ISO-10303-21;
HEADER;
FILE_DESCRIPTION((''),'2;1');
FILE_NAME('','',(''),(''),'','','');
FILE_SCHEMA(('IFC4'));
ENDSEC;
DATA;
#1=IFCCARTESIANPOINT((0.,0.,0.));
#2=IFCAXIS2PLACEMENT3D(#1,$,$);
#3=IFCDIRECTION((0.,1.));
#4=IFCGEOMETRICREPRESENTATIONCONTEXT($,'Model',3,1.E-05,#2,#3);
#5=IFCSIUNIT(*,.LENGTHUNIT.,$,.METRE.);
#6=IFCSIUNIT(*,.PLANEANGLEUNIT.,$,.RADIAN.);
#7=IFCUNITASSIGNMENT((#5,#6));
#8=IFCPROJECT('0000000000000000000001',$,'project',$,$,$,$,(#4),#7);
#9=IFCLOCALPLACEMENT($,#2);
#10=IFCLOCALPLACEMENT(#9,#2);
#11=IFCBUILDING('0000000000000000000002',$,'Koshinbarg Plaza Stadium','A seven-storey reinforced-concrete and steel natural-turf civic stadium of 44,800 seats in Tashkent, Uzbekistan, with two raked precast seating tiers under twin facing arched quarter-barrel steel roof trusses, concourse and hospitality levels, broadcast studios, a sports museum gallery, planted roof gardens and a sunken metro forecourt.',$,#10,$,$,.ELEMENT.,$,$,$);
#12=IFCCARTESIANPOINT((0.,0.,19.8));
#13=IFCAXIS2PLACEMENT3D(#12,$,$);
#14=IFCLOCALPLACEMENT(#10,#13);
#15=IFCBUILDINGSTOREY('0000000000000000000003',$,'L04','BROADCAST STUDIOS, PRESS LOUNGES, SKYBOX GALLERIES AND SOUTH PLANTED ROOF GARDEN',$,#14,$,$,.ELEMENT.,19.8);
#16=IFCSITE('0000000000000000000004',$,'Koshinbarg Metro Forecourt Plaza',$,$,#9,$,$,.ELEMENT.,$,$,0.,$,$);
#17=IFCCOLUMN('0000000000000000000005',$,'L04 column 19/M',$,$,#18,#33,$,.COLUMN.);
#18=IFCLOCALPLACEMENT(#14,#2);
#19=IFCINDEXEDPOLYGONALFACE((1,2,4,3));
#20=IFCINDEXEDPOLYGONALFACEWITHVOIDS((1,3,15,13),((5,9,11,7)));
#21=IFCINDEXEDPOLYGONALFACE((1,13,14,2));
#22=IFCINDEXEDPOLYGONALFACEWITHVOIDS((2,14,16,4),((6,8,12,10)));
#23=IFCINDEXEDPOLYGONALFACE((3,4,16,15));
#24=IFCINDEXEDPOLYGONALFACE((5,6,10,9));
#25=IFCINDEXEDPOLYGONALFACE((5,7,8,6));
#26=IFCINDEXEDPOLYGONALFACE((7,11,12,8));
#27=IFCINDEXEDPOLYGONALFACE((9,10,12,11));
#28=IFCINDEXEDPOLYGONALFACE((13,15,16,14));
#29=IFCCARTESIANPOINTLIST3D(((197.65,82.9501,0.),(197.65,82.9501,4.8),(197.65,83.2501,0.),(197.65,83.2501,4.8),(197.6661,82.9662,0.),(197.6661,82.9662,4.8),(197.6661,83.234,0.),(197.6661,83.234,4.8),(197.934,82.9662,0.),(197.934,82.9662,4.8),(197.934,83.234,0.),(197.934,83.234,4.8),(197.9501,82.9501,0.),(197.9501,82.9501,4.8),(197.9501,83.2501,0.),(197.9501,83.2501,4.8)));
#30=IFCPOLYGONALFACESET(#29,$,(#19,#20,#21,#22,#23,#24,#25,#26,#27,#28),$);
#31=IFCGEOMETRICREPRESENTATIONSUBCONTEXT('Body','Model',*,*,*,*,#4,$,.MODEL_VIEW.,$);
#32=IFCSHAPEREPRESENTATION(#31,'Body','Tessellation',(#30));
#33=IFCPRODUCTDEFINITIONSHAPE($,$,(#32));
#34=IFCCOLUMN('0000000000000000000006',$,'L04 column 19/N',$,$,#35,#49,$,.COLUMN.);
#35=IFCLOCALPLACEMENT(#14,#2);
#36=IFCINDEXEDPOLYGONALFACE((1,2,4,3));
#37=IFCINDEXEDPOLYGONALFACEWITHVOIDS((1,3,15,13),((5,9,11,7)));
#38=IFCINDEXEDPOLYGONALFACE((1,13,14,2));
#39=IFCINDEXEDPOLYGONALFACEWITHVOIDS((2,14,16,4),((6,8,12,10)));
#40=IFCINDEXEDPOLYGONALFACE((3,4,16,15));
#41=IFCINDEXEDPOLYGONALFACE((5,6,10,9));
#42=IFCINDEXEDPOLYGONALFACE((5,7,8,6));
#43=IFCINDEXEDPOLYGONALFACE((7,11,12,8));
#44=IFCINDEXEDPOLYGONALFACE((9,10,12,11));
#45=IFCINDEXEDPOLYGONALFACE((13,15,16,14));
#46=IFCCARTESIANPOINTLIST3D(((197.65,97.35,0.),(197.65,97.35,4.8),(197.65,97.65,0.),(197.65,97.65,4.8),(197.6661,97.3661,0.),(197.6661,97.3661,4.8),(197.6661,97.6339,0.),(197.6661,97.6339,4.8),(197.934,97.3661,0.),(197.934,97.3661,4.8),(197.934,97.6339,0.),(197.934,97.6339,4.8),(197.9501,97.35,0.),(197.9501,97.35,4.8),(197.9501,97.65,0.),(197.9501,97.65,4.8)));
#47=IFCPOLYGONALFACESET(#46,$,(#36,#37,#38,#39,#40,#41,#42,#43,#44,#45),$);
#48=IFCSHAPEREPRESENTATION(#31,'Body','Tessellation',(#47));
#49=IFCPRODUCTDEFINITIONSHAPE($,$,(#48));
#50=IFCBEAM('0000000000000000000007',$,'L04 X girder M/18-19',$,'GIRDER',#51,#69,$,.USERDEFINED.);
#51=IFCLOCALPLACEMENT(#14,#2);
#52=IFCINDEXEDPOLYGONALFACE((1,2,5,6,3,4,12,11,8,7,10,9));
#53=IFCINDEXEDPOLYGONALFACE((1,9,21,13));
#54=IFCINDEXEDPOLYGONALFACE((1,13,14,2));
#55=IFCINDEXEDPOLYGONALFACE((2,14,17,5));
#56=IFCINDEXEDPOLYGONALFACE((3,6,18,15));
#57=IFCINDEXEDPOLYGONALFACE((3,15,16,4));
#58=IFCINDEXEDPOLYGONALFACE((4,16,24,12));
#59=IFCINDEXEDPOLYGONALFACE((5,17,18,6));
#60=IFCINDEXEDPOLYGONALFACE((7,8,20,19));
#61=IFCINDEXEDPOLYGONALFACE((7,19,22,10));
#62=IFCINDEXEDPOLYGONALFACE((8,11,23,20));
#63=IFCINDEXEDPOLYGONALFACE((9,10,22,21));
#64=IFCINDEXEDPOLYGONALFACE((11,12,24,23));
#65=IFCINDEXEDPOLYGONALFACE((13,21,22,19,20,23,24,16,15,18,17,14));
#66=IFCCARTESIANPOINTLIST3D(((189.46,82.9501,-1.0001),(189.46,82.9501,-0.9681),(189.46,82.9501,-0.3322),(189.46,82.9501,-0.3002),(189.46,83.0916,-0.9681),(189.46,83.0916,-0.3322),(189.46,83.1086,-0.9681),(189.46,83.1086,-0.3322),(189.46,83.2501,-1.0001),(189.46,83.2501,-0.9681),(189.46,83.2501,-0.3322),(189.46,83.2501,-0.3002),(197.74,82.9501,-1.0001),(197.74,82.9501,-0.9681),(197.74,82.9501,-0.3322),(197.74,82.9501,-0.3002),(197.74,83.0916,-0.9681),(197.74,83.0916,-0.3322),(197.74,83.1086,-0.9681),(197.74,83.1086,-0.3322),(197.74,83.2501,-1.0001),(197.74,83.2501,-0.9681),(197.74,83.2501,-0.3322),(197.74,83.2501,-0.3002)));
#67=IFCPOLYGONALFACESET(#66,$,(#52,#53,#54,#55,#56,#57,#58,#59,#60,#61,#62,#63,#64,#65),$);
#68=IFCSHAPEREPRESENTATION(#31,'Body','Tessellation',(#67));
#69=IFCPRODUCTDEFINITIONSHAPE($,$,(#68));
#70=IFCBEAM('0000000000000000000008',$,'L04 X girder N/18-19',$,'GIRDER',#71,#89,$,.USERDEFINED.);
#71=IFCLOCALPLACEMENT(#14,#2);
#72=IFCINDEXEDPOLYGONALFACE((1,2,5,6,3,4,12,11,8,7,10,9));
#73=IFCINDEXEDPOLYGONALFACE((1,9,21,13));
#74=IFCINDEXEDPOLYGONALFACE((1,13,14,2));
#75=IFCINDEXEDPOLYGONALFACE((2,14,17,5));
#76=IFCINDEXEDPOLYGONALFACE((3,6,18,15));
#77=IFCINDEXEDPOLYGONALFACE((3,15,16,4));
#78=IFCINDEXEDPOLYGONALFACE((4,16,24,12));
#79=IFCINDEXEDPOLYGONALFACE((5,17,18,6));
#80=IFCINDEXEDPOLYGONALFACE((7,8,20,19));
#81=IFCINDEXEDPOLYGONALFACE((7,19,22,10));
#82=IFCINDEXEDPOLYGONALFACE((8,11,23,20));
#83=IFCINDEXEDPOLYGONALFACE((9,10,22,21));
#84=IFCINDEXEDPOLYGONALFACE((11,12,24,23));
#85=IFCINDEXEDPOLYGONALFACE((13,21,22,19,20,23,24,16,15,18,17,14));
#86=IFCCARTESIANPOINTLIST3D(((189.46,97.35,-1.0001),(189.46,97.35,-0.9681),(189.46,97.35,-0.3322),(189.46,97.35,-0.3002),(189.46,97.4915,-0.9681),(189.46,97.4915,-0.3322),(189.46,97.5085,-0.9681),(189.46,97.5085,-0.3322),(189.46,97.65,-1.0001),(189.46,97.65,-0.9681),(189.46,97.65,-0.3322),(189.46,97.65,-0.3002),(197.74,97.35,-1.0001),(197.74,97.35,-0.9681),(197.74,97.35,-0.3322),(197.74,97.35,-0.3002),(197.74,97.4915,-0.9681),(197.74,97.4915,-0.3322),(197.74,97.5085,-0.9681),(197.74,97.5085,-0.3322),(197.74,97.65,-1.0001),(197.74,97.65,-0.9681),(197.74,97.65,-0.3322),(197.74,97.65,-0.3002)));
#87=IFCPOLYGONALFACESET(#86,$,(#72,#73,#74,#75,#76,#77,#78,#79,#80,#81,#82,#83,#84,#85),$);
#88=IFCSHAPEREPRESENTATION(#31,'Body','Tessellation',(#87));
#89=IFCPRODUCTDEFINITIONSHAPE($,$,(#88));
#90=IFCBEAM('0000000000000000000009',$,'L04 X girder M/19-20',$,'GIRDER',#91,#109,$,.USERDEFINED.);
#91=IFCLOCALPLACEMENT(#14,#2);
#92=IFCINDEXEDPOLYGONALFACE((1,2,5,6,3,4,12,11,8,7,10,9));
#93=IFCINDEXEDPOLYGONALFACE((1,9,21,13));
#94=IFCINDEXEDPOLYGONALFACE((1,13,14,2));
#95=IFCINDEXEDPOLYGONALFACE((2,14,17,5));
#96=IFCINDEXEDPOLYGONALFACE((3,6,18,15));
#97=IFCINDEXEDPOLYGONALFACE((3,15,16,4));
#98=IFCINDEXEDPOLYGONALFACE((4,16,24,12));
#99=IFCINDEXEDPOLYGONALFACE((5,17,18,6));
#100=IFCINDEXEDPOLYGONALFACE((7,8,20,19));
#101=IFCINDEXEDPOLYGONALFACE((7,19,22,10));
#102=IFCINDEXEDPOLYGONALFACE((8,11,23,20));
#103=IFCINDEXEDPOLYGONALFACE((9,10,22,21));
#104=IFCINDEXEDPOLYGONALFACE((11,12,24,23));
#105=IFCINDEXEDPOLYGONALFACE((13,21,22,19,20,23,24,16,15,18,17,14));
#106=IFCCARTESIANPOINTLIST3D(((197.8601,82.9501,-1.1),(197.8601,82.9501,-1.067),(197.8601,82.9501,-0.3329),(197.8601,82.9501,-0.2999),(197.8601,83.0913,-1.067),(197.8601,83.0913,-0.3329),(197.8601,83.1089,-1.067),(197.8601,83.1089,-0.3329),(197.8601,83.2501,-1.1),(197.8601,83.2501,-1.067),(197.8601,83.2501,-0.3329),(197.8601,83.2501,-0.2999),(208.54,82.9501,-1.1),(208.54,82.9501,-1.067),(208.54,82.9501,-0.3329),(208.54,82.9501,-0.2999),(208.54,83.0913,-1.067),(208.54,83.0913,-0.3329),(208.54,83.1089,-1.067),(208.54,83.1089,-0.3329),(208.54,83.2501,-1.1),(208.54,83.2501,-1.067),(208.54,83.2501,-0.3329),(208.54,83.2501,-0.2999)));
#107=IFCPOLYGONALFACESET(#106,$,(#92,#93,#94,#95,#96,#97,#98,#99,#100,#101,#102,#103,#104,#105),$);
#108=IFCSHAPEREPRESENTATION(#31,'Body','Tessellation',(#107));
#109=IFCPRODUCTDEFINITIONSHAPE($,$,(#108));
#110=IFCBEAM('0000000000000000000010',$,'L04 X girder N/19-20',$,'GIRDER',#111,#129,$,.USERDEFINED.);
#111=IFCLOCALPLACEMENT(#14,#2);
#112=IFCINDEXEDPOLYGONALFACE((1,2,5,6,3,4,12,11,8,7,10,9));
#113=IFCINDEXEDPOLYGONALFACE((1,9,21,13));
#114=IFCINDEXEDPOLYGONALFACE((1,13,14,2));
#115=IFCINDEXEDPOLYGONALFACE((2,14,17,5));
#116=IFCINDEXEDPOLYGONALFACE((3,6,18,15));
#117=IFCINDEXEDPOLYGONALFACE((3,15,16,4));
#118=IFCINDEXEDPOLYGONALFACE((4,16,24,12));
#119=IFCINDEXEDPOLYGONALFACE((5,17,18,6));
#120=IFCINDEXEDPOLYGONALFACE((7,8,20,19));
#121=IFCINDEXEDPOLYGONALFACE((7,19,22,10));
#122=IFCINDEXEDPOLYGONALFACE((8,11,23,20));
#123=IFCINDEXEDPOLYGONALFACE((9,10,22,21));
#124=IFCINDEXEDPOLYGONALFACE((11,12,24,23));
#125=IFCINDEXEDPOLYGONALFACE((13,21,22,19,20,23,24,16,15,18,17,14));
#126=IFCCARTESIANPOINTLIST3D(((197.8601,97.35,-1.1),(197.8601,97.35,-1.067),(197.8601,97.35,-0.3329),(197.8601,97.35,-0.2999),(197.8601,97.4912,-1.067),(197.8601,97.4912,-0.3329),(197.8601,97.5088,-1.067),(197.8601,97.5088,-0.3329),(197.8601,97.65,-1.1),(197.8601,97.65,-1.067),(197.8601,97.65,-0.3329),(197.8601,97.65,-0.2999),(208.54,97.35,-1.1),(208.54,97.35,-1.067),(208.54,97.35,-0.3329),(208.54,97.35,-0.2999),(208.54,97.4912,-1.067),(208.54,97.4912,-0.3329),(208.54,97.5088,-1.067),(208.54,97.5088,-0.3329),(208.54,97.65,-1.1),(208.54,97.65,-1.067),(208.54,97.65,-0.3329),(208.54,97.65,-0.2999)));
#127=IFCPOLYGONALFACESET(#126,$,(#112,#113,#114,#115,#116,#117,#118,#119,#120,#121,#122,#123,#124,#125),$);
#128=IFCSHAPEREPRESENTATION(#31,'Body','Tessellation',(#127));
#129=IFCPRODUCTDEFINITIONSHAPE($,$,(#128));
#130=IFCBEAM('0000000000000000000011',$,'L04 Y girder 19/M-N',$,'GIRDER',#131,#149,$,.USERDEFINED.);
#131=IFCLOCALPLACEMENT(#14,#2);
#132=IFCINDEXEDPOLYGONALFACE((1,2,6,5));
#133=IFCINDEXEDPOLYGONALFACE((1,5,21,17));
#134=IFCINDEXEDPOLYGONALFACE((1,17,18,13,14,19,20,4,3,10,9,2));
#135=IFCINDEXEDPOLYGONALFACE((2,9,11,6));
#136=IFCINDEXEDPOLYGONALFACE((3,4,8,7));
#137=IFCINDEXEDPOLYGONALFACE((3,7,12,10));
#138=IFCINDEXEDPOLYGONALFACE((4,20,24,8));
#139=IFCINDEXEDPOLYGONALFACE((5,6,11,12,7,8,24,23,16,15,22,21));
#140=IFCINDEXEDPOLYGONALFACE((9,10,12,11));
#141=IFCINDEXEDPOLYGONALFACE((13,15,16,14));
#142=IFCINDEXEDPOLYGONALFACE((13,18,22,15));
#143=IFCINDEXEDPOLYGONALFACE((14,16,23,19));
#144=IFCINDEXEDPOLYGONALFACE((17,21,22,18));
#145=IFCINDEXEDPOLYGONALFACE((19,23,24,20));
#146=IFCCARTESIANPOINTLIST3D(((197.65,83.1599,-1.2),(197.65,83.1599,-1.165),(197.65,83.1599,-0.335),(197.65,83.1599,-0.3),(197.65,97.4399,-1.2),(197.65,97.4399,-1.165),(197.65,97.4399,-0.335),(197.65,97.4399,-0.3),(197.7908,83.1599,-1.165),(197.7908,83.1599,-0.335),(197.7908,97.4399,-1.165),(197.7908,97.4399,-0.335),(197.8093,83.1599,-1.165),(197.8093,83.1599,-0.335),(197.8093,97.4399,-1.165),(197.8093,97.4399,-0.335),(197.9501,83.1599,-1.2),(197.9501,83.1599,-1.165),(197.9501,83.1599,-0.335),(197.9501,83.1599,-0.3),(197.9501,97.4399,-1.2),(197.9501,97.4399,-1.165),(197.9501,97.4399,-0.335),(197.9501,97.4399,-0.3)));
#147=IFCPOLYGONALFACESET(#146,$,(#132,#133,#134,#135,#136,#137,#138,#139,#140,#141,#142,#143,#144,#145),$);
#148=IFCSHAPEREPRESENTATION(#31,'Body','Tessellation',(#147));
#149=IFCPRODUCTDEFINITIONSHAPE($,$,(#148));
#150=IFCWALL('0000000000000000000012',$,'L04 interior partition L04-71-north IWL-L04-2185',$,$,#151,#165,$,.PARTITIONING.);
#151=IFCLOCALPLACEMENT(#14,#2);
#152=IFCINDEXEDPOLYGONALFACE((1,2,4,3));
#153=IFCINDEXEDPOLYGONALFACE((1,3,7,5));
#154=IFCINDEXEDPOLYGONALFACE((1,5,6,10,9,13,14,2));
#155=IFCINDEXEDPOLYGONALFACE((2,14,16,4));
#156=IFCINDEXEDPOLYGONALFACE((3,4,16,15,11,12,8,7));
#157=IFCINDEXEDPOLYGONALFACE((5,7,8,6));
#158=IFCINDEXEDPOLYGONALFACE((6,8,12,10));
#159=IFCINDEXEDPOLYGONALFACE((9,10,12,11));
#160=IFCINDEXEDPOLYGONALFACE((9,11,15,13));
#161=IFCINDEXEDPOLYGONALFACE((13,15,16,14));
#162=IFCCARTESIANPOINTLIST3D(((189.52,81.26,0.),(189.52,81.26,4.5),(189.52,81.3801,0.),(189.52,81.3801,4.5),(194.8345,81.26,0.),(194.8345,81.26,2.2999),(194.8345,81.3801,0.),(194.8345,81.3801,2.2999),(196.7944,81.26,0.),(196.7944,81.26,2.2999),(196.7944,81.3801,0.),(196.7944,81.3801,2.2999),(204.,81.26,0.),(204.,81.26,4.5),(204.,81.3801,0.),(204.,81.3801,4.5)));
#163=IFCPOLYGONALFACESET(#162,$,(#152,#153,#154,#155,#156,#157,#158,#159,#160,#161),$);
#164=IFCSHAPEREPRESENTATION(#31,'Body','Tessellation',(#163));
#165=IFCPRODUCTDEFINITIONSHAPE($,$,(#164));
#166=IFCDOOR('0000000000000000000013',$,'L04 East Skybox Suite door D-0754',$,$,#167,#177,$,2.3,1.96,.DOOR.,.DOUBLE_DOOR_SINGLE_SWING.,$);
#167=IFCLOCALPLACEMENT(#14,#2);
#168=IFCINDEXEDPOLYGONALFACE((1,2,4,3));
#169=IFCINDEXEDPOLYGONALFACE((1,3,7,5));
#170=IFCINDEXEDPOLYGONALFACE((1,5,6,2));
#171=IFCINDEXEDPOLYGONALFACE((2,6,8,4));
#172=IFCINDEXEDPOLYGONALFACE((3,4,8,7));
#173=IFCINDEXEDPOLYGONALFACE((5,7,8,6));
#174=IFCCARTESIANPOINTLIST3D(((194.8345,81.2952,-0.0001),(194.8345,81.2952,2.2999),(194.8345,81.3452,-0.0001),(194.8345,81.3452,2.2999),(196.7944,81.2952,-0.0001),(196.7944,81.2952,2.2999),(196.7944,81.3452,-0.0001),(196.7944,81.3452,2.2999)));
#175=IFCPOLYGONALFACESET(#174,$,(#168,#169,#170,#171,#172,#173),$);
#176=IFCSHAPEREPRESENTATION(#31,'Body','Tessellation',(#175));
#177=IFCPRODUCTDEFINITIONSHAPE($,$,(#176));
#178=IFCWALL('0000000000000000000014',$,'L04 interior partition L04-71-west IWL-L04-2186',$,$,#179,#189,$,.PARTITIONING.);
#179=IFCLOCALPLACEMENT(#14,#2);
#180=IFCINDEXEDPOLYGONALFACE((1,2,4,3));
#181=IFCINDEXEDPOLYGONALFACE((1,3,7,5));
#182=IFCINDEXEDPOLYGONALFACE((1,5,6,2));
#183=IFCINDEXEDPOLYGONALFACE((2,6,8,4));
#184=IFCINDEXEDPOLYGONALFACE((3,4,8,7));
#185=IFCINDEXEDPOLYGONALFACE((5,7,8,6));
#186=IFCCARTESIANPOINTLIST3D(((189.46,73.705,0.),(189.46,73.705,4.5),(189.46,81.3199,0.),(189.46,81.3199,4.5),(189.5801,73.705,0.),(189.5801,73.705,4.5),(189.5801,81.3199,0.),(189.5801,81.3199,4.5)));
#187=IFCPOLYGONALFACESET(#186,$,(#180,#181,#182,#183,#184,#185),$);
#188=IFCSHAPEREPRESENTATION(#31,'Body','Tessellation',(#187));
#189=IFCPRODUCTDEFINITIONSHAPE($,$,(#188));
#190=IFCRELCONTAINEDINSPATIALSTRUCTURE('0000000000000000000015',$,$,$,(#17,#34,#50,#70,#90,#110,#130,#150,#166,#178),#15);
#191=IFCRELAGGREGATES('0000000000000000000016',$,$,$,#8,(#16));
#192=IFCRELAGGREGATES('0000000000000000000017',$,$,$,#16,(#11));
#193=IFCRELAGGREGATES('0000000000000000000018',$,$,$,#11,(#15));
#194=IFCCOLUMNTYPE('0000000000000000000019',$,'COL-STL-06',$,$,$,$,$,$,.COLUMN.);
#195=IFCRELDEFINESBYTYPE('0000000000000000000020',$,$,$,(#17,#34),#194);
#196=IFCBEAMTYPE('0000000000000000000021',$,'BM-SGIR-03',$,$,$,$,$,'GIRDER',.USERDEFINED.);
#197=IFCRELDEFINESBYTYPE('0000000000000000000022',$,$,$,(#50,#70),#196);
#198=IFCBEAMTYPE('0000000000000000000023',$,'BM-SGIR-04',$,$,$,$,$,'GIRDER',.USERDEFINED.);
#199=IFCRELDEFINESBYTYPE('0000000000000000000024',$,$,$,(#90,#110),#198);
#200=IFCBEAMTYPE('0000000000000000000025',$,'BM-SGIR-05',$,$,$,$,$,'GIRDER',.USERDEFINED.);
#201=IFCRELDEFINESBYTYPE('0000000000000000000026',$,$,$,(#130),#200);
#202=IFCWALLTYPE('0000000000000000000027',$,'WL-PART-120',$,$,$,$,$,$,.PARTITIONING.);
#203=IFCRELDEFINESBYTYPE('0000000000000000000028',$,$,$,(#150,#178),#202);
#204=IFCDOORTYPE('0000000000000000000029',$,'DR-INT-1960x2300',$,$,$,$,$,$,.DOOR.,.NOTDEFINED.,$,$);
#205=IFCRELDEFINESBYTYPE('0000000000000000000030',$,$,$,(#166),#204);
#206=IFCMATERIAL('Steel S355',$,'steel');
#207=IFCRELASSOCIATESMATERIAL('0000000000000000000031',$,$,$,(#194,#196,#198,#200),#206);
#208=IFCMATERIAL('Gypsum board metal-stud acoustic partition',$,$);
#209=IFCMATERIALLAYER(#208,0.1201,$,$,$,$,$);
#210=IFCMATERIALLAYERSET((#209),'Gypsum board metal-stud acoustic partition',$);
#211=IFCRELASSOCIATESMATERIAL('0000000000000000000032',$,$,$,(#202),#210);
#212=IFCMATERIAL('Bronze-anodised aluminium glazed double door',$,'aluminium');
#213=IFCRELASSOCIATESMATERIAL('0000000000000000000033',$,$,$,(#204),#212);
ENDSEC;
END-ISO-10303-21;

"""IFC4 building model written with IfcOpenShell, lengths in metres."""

from ifc_helpers import new_model, si_unit, direction, frame, frame_2d, origin, origin_2d, place, context, subcontext, project, spatial, rectangle, hollow_rectangle, i_section, extrude, material, layer, layer_set, material_profile, profile_set, type_object, element, fill, save


model = new_model("IFC4")

# Units and contexts
model_context = context("Model", 3, precision=1e-05, world=origin(), true_north=direction((0.0, 1.0)))
body_context = subcontext(model_context, "Body", "Model", "MODEL_VIEW")
ifc_project = project(units=[si_unit("LENGTHUNIT", "METRE"), si_unit("PLANEANGLEUNIT", "RADIAN")], contexts=[model_context])

# Site, building, storey
site_placement = place(None, origin())
site = spatial("IfcSite", under=ifc_project, at=site_placement, Name="Koshinbarg Metro Forecourt Plaza", CompositionType="ELEMENT", RefElevation=0.0)
building_placement = place(site_placement, origin())
building = spatial("IfcBuilding", under=site, at=building_placement, Name="Koshinbarg Plaza Stadium", Description="A seven-storey reinforced-concrete and steel natural-turf civic stadium of 44,800 seats in Tashkent, Uzbekistan, with two raked precast seating tiers under twin facing arched quarter-barrel steel roof trusses, concourse and hospitality levels, broadcast studios, a sports museum gallery, planted roof gardens and a sunken metro forecourt.", CompositionType="ELEMENT")
storey_placement = place(building_placement, frame((0.0, 0.0, 19.8)))
storey = spatial("IfcBuildingStorey", under=building, at=storey_placement, Name="L04", Description="BROADCAST STUDIOS, PRESS LOUNGES, SKYBOX GALLERIES AND SOUTH PLANTED ROOF GARDEN", CompositionType="ELEMENT", Elevation=19.8)

# Columns
ifc_material_1 = material(Name="Steel S355", Category="steel")
ifc_material_profile_1 = material_profile(ifc_material_1, hollow_rectangle(XDim=0.3, YDim=0.3, WallThickness=0.0161, at=origin_2d()), Name="SHS 300x300x16")
ifc_profile_set_1 = profile_set([ifc_material_profile_1], Name="Steel S355")
column_type = type_object("IfcColumnType", Name="COL-STL-06", PredefinedType="COLUMN", material=ifc_profile_set_1)
for number, where, z_axis, x_axis, name in (
    (1, (197.8, 83.1001, 0.0), (0.0, 0.0, 1.0), (1.0, 0.0, 0.0), "L04 column 19/M"),
    (2, (197.8, 97.5, 0.0), (0.0, 0.0, 1.0), (1.0, 0.0, 0.0), "L04 column 19/N"),
):
    element("IfcColumn", number, at=place(storey_placement, frame(where, z_axis=z_axis, x_axis=x_axis)), inside=storey, type_object=column_type, Name=name, PredefinedType="COLUMN", context=body_context, shape_type="SweptSolid", body=[
        extrude(hollow_rectangle(XDim=0.3, YDim=0.3, WallThickness=0.0161, at=origin_2d()), origin(), (0.0, 0.0, 1.0), 4.8),
    ])

# Beams
ifc_material_profile_2 = material_profile(ifc_material_1, i_section(OverallWidth=0.3, OverallDepth=0.7, WebThickness=0.0171, FlangeThickness=0.032, at=origin_2d()), Name="HEB 700")
ifc_profile_set_2 = profile_set([ifc_material_profile_2], Name="Steel S355")
beam_type_1 = type_object("IfcBeamType", Name="BM-SGIR-03", ElementType="GIRDER", PredefinedType="USERDEFINED", material=ifc_profile_set_2)
for number, where, z_axis, x_axis, name in (
    (3, (189.46, 83.1001, -0.6501), (1.0, 0.0, 0.0), (0.0, 1.0, 0.0), "L04 X girder M/18-19"),
    (4, (189.46, 97.5, -0.6501), (1.0, 0.0, 0.0), (0.0, 1.0, 0.0), "L04 X girder N/18-19"),
):
    element("IfcBeam", number, at=place(storey_placement, frame(where, z_axis=z_axis, x_axis=x_axis)), inside=storey, type_object=beam_type_1, Name=name, ObjectType="GIRDER", PredefinedType="USERDEFINED", context=body_context, shape_type="SweptSolid", body=[
        extrude(i_section(OverallWidth=0.3, OverallDepth=0.7, WebThickness=0.0171, FlangeThickness=0.032, at=origin_2d()), origin(), (0.0, 0.0, 1.0), 8.28),
    ])
ifc_material_profile_3 = material_profile(ifc_material_1, i_section(OverallWidth=0.3, OverallDepth=0.8, WebThickness=0.0176, FlangeThickness=0.033, at=origin_2d()), Name="HEB 800")
ifc_profile_set_3 = profile_set([ifc_material_profile_3], Name="Steel S355")
beam_type_2 = type_object("IfcBeamType", Name="BM-SGIR-04", ElementType="GIRDER", PredefinedType="USERDEFINED", material=ifc_profile_set_3)
for number, where, z_axis, x_axis, name in (
    (5, (197.8601, 83.1001, -0.7), (1.0, 0.0, 0.0), (0.0, 1.0, 0.0), "L04 X girder M/19-20"),
    (6, (197.8601, 97.5, -0.7), (1.0, 0.0, 0.0), (0.0, 1.0, 0.0), "L04 X girder N/19-20"),
):
    element("IfcBeam", number, at=place(storey_placement, frame(where, z_axis=z_axis, x_axis=x_axis)), inside=storey, type_object=beam_type_2, Name=name, ObjectType="GIRDER", PredefinedType="USERDEFINED", context=body_context, shape_type="SweptSolid", body=[
        extrude(i_section(OverallWidth=0.3, OverallDepth=0.8, WebThickness=0.0176, FlangeThickness=0.033, at=origin_2d()), origin(), (0.0, 0.0, 1.0), 10.6799),
    ])
ifc_material_profile_4 = material_profile(ifc_material_1, i_section(OverallWidth=0.3, OverallDepth=0.8999, WebThickness=0.0186, FlangeThickness=0.0349, at=origin_2d()), Name="HEB 900")
ifc_profile_set_4 = profile_set([ifc_material_profile_4], Name="Steel S355")
beam_type_3 = type_object("IfcBeamType", Name="BM-SGIR-05", ElementType="GIRDER", PredefinedType="USERDEFINED", material=ifc_profile_set_4)
beam_placement = place(storey_placement, frame((197.8, 83.1599, -0.75), z_axis=(0.0, 1.0, 0.0), x_axis=(-1.0, 0.0, 0.0)))
element("IfcBeam", 7, at=beam_placement, inside=storey, type_object=beam_type_3, Name="L04 Y girder 19/M-N", ObjectType="GIRDER", PredefinedType="USERDEFINED", context=body_context, shape_type="SweptSolid", body=[
    extrude(i_section(OverallWidth=0.3, OverallDepth=0.8999, WebThickness=0.0186, FlangeThickness=0.0349, at=origin_2d()), origin(), (0.0, 0.0, 1.0), 14.28),
])

# Wall, opening, door
ifc_material_2 = material(Name="Gypsum board metal-stud acoustic partition")
ifc_layer = layer(ifc_material_2, 0.1201)
ifc_layer_set = layer_set([ifc_layer], Name="Gypsum board metal-stud acoustic partition")
wall_type = type_object("IfcWallType", Name="WL-PART-120", PredefinedType="PARTITIONING", material=ifc_layer_set)
wall_1_placement = place(storey_placement, frame((204.0, 81.3201, 0.0), z_axis=(0.0, 0.0, 1.0), x_axis=(-1.0, 0.0, 0.0)))
wall_1 = element("IfcWall", 8, at=wall_1_placement, inside=storey, type_object=wall_type, Name="L04 interior partition L04-71-north IWL-L04-2185", PredefinedType="PARTITIONING", context=body_context, shape_type="SweptSolid", body=[
    extrude(rectangle(XDim=14.48, YDim=0.1201, at=frame_2d((7.24, 0.0))), origin(), (0.0, 0.0, 1.0), 4.5),
])
opening_1_placement = place(wall_1_placement, frame((7.2056, 0.0, 0.0)))
opening_1 = element("IfcOpeningElement", 9, at=opening_1_placement, cuts=wall_1, PredefinedType="OPENING", context=body_context, shape_type="SweptSolid", body=[
    extrude(rectangle(XDim=1.96, YDim=2.3, at=frame_2d((0.98, 1.1499))), frame((0.0, 0.0701, 0.0), z_axis=(0.0, -1.0, 0.0), x_axis=(1.0, 0.0, 0.0)), (0.0, 0.0, 1.0), 0.1401),
])
ifc_material_3 = material(Name="Bronze-anodised aluminium glazed double door", Category="aluminium")
door_type_1 = type_object("IfcDoorType", Name="DR-INT-1960x2300", OperationType="NOTDEFINED", PredefinedType="DOOR", material=ifc_material_3)
door_1_placement = place(opening_1_placement, origin())
door_1 = element("IfcDoor", 10, at=door_1_placement, inside=storey, type_object=door_type_1, Name="L04 East Skybox Suite door D-0754", OperationType="DOUBLE_DOOR_SINGLE_SWING", OverallHeight=2.3, OverallWidth=1.96, PredefinedType="DOOR", context=body_context, shape_type="SweptSolid", body=[
    extrude(rectangle(XDim=1.96, YDim=2.3, at=frame_2d((0.98, 1.1499))), frame((0.0, 0.0249, 0.0), z_axis=(0.0, -1.0, 0.0), x_axis=(1.0, 0.0, 0.0)), (0.0, 0.0, 1.0), 0.05),
])
fill(opening_1, door_1)

# Wall
wall_2_placement = place(storey_placement, frame((189.52, 81.3201, 0.0), z_axis=(0.0, 0.0, 1.0), x_axis=(0.0, -1.0, 0.0)))
element("IfcWall", 11, at=wall_2_placement, inside=storey, type_object=wall_type, Name="L04 interior partition L04-71-west IWL-L04-2186", PredefinedType="PARTITIONING", context=body_context, shape_type="SweptSolid", body=[
    extrude(rectangle(XDim=7.615, YDim=0.1201, at=frame_2d((3.8076, 0.0))), origin(), (0.0, 0.0, 1.0), 4.5),
])

save(model, "model.ifc")
